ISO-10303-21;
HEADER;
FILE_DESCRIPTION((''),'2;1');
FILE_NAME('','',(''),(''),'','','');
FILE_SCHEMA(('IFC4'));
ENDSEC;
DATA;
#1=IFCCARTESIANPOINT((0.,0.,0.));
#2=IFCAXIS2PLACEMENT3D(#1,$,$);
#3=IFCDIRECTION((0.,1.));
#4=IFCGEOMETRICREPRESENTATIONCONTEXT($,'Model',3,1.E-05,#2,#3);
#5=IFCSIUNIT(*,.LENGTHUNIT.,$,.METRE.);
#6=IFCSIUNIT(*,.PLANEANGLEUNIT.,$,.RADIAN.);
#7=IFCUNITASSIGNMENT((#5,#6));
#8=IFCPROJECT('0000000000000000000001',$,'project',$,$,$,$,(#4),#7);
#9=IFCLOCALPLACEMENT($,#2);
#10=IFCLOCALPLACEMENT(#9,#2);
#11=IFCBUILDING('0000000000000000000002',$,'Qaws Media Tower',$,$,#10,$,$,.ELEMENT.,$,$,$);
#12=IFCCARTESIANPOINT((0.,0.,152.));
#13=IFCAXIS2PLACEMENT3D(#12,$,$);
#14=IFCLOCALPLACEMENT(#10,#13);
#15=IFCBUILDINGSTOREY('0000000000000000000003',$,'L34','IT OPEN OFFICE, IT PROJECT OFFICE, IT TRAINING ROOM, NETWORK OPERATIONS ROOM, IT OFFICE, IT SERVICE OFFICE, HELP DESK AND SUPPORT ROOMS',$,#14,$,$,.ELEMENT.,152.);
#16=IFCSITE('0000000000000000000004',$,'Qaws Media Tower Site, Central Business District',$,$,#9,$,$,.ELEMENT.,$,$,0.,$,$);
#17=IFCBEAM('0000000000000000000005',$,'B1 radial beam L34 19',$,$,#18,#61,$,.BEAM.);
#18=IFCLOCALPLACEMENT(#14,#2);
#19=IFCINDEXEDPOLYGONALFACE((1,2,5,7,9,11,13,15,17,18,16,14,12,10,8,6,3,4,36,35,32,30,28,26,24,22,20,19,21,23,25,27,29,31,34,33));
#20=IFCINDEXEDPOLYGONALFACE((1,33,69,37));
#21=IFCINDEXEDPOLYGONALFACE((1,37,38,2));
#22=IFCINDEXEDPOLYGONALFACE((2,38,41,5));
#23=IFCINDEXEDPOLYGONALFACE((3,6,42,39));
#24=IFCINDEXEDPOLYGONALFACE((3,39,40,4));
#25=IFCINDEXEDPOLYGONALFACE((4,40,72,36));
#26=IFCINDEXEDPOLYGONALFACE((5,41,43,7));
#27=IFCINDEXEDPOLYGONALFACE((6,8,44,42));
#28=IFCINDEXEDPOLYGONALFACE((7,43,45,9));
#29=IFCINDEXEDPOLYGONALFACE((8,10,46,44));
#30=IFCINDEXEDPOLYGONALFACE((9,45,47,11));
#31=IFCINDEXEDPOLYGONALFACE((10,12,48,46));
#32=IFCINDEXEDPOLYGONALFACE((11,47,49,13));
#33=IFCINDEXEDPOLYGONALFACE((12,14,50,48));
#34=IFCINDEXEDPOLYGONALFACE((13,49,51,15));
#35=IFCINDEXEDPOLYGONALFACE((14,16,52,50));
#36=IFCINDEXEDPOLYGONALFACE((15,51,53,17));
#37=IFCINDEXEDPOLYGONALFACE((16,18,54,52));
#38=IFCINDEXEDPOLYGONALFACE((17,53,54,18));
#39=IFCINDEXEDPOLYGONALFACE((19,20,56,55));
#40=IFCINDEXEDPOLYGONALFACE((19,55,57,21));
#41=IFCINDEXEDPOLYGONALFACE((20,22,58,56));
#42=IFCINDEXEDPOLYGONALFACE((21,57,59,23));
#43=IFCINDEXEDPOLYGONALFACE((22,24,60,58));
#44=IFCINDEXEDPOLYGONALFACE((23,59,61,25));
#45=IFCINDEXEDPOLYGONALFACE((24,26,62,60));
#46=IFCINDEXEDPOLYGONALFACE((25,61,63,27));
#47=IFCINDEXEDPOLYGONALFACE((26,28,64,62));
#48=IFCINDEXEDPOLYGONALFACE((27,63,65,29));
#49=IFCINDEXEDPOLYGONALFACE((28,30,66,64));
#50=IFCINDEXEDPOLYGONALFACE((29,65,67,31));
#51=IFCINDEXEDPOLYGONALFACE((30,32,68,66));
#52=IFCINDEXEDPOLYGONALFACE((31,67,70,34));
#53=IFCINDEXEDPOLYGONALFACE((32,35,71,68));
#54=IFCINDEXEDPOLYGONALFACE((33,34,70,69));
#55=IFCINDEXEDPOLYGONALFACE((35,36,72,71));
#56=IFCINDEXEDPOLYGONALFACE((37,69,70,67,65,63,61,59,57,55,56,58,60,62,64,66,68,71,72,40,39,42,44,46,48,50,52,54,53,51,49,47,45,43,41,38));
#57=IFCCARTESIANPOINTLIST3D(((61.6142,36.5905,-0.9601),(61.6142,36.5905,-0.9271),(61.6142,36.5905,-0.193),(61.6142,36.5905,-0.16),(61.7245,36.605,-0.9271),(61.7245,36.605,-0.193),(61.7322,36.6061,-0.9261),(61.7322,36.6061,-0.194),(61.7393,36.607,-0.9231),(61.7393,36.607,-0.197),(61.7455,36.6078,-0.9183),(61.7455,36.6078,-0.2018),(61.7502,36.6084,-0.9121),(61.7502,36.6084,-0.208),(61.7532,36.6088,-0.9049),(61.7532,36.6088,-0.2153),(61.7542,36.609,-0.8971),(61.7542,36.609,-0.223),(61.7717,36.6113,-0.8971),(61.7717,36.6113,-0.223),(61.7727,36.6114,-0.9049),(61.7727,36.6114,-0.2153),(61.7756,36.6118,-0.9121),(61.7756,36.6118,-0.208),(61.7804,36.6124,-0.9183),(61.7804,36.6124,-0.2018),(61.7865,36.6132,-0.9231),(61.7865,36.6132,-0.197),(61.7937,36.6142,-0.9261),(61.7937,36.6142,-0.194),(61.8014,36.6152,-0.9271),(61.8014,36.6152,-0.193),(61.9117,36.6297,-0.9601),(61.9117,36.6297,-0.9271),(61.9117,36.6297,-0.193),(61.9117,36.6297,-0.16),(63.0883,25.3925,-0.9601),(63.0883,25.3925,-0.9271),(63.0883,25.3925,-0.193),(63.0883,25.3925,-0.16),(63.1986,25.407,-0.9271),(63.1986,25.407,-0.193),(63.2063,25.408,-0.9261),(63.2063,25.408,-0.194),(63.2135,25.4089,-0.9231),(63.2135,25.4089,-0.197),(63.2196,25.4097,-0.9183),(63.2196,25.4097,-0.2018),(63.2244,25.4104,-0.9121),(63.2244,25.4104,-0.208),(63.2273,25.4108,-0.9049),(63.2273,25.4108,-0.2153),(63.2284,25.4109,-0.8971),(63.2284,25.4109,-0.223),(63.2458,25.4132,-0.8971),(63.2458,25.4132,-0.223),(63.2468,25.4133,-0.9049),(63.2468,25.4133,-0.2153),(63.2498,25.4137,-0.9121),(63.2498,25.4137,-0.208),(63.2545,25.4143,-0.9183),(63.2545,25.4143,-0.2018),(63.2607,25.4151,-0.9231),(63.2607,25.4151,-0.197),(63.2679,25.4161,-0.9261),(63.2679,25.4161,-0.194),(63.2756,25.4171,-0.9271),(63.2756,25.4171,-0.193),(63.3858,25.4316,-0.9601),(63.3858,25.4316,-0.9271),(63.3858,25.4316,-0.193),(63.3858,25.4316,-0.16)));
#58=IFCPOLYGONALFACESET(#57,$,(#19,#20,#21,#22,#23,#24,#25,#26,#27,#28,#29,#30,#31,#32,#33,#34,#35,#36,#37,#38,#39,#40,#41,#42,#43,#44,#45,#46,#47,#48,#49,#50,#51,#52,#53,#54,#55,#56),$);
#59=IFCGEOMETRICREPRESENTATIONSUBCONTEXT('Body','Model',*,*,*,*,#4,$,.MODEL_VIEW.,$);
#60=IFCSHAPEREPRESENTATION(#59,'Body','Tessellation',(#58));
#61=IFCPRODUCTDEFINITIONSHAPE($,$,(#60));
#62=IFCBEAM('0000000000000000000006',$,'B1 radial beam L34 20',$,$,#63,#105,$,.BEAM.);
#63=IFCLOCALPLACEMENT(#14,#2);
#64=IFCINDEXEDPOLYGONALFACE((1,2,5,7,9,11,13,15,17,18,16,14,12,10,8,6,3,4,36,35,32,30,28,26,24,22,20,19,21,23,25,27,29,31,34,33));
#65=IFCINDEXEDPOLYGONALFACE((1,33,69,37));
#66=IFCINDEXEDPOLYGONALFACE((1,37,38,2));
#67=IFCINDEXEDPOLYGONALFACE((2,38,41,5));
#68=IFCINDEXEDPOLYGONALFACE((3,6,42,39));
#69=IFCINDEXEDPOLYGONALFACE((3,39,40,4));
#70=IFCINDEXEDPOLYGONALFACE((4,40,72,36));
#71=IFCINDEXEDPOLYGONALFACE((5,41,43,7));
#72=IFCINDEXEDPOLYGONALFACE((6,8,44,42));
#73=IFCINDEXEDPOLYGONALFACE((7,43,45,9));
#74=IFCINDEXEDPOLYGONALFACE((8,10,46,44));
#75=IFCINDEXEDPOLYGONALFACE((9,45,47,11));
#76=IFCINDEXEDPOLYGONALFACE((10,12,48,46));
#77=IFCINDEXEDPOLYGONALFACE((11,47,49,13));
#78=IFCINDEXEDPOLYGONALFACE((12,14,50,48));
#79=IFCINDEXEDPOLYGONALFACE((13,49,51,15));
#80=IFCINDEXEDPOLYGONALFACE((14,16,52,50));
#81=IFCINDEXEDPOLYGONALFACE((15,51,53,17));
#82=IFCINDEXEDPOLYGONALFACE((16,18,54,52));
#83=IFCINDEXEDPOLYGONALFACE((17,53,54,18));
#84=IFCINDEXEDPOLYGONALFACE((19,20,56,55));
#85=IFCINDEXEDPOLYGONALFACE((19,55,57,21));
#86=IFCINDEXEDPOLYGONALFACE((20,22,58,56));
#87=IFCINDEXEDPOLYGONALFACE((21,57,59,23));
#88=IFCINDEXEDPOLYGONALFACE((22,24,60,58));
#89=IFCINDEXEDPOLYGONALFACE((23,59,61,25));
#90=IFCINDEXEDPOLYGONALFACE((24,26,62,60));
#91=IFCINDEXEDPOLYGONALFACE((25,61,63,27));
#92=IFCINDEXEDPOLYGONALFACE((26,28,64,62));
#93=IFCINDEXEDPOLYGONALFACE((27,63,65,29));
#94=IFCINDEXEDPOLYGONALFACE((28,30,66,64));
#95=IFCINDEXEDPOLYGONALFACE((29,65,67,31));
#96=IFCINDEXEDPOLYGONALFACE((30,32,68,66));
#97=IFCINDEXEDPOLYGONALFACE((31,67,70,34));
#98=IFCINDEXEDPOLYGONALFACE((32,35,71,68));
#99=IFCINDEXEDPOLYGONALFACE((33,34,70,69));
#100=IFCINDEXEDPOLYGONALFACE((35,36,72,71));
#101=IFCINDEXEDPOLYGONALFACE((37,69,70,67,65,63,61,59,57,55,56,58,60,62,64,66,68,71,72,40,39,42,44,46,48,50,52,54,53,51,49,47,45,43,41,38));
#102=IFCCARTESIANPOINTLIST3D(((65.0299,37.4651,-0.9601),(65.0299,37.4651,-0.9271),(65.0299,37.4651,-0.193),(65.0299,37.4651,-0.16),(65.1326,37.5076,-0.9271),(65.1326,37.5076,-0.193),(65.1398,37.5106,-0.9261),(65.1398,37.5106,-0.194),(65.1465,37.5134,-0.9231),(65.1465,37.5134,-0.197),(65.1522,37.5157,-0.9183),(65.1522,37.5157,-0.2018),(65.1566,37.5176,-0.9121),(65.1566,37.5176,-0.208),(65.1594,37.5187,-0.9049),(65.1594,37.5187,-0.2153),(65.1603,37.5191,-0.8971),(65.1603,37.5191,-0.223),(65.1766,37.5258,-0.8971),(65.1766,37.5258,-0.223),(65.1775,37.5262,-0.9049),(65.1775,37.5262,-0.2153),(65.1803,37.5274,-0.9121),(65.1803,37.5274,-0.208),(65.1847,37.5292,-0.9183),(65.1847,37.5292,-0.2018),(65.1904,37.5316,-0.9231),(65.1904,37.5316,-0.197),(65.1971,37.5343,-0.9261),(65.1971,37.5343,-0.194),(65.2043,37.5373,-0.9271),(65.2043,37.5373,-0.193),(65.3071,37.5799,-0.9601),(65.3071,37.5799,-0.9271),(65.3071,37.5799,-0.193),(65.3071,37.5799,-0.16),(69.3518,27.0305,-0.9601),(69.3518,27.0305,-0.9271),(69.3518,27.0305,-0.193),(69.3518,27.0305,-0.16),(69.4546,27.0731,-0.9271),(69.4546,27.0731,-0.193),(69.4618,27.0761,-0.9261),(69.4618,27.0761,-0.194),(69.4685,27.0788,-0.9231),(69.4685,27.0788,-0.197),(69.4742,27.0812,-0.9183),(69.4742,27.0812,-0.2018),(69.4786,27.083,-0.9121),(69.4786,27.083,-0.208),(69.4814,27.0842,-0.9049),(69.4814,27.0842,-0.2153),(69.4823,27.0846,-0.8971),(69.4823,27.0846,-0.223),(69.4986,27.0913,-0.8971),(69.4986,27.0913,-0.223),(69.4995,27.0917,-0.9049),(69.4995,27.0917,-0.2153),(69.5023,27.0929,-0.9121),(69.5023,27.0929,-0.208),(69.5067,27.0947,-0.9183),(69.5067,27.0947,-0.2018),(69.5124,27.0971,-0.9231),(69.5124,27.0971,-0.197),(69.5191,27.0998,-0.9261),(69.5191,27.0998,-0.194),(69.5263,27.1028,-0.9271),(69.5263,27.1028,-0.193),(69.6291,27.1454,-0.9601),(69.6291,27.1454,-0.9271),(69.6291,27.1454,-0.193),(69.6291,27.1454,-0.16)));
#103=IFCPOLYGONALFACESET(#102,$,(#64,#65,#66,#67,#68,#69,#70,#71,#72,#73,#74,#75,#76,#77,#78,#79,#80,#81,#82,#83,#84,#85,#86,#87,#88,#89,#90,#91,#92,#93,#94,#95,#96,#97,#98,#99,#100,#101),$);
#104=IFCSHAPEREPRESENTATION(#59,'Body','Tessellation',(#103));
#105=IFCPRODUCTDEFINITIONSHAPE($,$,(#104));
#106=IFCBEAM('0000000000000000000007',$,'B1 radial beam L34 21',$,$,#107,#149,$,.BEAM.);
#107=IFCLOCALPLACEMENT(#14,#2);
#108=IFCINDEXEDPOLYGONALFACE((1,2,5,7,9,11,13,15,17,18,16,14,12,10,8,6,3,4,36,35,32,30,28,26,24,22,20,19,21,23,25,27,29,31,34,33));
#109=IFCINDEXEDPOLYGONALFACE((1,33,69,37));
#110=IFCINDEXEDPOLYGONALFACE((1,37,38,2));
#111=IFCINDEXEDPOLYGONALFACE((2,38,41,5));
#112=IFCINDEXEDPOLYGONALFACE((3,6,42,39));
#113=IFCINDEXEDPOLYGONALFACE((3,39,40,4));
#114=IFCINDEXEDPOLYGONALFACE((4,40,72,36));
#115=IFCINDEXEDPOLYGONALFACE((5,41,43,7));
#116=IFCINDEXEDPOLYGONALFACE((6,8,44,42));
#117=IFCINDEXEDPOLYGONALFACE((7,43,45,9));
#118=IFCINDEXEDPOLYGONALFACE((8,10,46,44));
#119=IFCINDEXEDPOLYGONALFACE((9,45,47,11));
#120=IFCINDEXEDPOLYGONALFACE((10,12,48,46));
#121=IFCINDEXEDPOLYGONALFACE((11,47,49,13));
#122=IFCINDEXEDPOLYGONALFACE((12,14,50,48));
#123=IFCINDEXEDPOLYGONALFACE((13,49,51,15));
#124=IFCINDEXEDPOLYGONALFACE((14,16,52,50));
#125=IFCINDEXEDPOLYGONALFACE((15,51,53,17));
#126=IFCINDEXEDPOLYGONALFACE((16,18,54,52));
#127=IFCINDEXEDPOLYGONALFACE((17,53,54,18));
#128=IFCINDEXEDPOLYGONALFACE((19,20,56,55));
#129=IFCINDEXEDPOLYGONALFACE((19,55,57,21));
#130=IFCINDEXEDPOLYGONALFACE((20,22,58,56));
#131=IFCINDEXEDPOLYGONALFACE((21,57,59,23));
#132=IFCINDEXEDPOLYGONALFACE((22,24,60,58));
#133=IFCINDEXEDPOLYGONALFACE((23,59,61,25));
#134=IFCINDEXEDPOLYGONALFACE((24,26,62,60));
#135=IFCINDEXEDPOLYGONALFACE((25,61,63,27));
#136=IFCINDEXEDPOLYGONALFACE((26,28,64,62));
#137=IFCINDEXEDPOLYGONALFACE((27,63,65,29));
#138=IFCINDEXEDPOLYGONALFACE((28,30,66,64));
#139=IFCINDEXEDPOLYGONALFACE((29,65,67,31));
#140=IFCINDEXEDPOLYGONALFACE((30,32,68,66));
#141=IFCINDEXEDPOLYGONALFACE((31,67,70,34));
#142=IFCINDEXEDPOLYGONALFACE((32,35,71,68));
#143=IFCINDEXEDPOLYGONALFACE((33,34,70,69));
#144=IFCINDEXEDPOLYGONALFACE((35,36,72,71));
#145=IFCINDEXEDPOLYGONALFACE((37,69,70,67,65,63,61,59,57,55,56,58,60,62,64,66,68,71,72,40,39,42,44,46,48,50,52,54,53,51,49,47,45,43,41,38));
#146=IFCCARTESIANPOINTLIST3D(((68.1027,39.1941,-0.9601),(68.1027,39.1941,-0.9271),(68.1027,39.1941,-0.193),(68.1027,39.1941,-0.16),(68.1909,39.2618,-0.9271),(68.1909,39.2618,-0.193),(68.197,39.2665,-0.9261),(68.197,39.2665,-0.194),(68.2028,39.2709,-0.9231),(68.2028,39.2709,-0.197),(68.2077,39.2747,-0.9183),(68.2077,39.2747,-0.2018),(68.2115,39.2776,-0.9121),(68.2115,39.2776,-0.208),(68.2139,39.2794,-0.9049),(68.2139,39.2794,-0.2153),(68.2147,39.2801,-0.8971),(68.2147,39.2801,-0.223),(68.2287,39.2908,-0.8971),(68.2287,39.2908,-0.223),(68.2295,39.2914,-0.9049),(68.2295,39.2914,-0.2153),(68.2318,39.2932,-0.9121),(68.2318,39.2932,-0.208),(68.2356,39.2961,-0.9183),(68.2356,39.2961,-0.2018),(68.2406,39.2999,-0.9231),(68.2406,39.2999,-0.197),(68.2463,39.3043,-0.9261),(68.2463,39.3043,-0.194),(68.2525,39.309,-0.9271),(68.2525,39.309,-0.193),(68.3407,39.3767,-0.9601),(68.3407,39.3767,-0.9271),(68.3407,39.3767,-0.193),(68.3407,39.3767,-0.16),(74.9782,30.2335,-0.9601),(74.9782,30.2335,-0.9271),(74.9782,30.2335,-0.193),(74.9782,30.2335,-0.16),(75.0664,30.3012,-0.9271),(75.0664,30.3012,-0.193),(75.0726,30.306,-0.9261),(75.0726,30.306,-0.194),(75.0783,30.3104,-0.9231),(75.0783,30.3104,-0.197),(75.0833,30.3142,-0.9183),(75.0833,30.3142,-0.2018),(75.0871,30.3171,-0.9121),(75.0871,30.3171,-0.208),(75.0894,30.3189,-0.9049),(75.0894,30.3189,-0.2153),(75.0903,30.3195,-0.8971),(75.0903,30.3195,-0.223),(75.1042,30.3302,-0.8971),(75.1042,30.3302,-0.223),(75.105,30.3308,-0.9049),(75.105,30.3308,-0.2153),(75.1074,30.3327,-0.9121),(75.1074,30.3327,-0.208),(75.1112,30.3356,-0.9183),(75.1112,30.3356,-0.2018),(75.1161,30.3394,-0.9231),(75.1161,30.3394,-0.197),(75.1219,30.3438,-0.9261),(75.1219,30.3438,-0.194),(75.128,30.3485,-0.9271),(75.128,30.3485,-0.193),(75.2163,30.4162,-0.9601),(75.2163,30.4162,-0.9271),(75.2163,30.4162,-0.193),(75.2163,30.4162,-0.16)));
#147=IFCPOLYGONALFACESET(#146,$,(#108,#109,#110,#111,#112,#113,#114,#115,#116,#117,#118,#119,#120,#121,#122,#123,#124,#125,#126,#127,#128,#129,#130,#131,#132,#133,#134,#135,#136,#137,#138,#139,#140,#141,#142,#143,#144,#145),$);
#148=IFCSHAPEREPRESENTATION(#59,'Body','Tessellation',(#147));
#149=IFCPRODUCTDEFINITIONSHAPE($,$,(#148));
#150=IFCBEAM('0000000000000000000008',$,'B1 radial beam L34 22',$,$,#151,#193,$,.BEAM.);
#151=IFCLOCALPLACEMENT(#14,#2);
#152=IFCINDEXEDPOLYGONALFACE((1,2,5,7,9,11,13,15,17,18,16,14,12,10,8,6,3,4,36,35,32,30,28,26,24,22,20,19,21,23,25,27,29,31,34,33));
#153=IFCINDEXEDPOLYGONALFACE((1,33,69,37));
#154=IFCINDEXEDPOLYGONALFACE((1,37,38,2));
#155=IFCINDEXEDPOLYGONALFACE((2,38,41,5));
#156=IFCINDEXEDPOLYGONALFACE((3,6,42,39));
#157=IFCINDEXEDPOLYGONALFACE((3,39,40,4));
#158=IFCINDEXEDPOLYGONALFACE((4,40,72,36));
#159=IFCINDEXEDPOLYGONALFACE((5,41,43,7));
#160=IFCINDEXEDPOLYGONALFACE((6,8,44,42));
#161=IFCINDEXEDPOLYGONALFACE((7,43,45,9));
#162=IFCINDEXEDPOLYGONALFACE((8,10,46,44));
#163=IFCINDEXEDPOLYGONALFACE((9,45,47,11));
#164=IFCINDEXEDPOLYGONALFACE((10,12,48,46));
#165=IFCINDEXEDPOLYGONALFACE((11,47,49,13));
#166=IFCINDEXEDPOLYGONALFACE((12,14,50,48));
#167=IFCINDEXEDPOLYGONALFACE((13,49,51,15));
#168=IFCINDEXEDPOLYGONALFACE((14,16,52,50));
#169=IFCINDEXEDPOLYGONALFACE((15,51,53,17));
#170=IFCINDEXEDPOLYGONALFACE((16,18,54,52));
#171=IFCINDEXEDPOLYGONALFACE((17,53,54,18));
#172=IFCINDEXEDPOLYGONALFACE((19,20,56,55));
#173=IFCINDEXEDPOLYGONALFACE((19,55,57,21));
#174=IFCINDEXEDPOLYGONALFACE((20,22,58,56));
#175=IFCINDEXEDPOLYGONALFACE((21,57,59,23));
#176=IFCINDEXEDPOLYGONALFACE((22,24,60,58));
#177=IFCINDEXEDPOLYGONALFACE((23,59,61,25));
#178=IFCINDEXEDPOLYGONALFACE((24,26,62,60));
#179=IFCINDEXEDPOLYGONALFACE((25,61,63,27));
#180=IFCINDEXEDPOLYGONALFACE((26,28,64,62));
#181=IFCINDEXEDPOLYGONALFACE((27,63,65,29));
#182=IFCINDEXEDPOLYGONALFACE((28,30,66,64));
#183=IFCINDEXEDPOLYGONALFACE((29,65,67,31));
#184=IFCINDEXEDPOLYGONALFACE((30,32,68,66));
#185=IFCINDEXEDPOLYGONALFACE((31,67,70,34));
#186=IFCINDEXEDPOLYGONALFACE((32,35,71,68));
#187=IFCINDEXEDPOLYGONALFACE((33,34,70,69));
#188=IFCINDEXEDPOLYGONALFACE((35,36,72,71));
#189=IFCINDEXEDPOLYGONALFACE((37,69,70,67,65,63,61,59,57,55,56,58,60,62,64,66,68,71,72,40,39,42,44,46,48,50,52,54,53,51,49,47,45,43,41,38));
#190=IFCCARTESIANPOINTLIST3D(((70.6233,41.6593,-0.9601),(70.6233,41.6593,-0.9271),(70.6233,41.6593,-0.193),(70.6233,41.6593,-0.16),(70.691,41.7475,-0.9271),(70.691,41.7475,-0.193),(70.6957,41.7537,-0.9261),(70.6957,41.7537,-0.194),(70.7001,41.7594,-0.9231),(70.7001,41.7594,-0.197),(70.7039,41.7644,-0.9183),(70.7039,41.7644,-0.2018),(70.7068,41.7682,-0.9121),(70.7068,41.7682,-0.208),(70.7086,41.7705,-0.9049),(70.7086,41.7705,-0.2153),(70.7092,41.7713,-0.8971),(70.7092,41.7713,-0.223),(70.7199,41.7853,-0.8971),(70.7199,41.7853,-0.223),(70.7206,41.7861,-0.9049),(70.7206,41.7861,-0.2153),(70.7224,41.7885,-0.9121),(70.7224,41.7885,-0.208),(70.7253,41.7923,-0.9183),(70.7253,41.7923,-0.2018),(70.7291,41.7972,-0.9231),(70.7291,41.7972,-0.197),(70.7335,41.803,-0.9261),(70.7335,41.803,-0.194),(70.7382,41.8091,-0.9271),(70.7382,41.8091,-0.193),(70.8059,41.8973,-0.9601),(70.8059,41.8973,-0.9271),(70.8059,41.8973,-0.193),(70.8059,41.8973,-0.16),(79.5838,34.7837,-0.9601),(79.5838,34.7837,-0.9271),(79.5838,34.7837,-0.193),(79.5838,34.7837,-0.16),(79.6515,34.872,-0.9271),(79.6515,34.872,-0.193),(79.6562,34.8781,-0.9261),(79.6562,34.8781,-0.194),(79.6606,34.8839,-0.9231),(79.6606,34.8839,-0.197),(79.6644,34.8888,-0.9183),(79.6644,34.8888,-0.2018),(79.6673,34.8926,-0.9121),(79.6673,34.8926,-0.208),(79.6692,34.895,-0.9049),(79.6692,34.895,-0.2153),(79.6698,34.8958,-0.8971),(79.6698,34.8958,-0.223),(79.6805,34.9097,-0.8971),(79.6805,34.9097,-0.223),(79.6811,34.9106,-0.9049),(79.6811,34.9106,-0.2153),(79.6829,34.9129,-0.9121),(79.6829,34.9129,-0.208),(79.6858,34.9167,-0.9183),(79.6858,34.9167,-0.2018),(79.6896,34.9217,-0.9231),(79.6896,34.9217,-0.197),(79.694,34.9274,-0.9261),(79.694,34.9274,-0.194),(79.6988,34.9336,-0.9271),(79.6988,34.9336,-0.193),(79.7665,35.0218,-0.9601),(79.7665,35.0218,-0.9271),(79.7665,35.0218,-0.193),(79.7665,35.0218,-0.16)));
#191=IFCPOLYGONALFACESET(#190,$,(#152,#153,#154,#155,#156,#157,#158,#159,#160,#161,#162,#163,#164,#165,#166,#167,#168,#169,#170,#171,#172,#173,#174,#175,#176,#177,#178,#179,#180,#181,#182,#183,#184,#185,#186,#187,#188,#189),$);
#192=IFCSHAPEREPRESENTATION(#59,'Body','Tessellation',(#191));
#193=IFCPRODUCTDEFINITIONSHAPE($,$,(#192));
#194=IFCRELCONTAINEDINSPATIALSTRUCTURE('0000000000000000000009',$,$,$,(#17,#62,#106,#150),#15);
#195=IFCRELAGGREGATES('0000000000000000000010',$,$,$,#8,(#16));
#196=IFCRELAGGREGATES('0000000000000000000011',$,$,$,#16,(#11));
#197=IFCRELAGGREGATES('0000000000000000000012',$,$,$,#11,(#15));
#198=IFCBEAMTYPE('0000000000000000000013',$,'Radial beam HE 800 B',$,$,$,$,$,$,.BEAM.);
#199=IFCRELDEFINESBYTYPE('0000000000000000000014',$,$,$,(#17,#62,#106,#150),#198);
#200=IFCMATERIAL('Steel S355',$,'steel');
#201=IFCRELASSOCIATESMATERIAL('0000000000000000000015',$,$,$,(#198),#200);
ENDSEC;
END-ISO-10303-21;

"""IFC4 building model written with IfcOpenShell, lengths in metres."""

from ifc_helpers import new_model, si_unit, direction, frame, origin, origin_2d, place, context, subcontext, project, spatial, i_section, extrude, material, material_profile, profile_set, type_object, element, save


model = new_model("IFC4")

# Units and contexts
model_context = context("Model", 3, precision=1e-05, world=origin(), true_north=direction((0.0, 1.0)))
body_context = subcontext(model_context, "Body", "Model", "MODEL_VIEW")
ifc_project = project(units=[si_unit("LENGTHUNIT", "METRE"), si_unit("PLANEANGLEUNIT", "RADIAN")], contexts=[model_context])

# Site, building, storey
site_placement = place(None, origin())
site = spatial("IfcSite", under=ifc_project, at=site_placement, Name="Qaws Media Tower Site, Central Business District", CompositionType="ELEMENT", RefElevation=0.0)
building_placement = place(site_placement, origin())
building = spatial("IfcBuilding", under=site, at=building_placement, Name="Qaws Media Tower", CompositionType="ELEMENT")
storey_placement = place(building_placement, frame((0.0, 0.0, 152.0)))
storey = spatial("IfcBuildingStorey", under=building, at=storey_placement, Name="L34", Description="IT OPEN OFFICE, IT PROJECT OFFICE, IT TRAINING ROOM, NETWORK OPERATIONS ROOM, IT OFFICE, IT SERVICE OFFICE, HELP DESK AND SUPPORT ROOMS", CompositionType="ELEMENT", Elevation=152.0)

# Beams
ifc_material_1 = material(Name="Steel S355", Category="steel")
ifc_material_profile_1 = material_profile(ifc_material_1, i_section(OverallWidth=0.3, OverallDepth=0.8, WebThickness=0.0176, FlangeThickness=0.033, FilletRadius=0.03, at=origin_2d()), Name="HE 800 B")
ifc_profile_set_1 = profile_set([ifc_material_profile_1], Name="Steel S355")
beam_type_1 = type_object("IfcBeamType", Name="Radial beam HE 800 B", PredefinedType="BEAM", material=ifc_profile_set_1)
for number, where, z_axis, x_axis, name in (
    (1, (61.7629, 36.6101, -0.5601), (0.130515, -0.991446, 0.0), (0.991446, 0.130515, 0.0), "B1 radial beam L34 19"),
):
    element("IfcBeam", number, at=place(storey_placement, frame(where, z_axis=z_axis, x_axis=x_axis)), inside=storey, type_object=beam_type_1, Name=name, PredefinedType="BEAM", context=body_context, shape_type="SweptSolid", body=[
        extrude(i_section(OverallWidth=0.3, OverallDepth=0.8, WebThickness=0.0176, FlangeThickness=0.033, FilletRadius=0.03, at=origin_2d()), origin(), (0.0, 0.0, 1.0), 11.2947),
    ])
beam_1_placement = place(storey_placement, frame((65.1685, 37.5225, -0.5601), z_axis=(0.382674, -0.923883, 0.0), x_axis=(0.923883, 0.382674, 0.0)))
element("IfcBeam", 2, at=beam_1_placement, inside=storey, type_object=beam_type_1, Name="B1 radial beam L34 20", PredefinedType="BEAM", context=body_context, shape_type="SweptSolid", body=[
    extrude(i_section(OverallWidth=0.3, OverallDepth=0.8, WebThickness=0.0176, FlangeThickness=0.033, FilletRadius=0.03, at=origin_2d()), origin(), (0.0, 0.0, 1.0), 11.2942),
])
for number, where, z_axis, x_axis, name in (
    (3, (68.2217, 39.2854, -0.5601), (0.608756, -0.793358, 0.0), (0.793358, 0.608756, 0.0), "B1 radial beam L34 21"),
    (4, (70.7146, 41.7783, -0.5601), (0.793358, -0.608756, 0.0), (0.608756, 0.793358, 0.0), "B1 radial beam L34 22"),
):
    element("IfcBeam", number, at=place(storey_placement, frame(where, z_axis=z_axis, x_axis=x_axis)), inside=storey, type_object=beam_type_1, Name=name, PredefinedType="BEAM", context=body_context, shape_type="SweptSolid", body=[
        extrude(i_section(OverallWidth=0.3, OverallDepth=0.8, WebThickness=0.0176, FlangeThickness=0.033, FilletRadius=0.03, at=origin_2d()), origin(), (0.0, 0.0, 1.0), 11.2944),
    ])

save(model, "model.ifc")
